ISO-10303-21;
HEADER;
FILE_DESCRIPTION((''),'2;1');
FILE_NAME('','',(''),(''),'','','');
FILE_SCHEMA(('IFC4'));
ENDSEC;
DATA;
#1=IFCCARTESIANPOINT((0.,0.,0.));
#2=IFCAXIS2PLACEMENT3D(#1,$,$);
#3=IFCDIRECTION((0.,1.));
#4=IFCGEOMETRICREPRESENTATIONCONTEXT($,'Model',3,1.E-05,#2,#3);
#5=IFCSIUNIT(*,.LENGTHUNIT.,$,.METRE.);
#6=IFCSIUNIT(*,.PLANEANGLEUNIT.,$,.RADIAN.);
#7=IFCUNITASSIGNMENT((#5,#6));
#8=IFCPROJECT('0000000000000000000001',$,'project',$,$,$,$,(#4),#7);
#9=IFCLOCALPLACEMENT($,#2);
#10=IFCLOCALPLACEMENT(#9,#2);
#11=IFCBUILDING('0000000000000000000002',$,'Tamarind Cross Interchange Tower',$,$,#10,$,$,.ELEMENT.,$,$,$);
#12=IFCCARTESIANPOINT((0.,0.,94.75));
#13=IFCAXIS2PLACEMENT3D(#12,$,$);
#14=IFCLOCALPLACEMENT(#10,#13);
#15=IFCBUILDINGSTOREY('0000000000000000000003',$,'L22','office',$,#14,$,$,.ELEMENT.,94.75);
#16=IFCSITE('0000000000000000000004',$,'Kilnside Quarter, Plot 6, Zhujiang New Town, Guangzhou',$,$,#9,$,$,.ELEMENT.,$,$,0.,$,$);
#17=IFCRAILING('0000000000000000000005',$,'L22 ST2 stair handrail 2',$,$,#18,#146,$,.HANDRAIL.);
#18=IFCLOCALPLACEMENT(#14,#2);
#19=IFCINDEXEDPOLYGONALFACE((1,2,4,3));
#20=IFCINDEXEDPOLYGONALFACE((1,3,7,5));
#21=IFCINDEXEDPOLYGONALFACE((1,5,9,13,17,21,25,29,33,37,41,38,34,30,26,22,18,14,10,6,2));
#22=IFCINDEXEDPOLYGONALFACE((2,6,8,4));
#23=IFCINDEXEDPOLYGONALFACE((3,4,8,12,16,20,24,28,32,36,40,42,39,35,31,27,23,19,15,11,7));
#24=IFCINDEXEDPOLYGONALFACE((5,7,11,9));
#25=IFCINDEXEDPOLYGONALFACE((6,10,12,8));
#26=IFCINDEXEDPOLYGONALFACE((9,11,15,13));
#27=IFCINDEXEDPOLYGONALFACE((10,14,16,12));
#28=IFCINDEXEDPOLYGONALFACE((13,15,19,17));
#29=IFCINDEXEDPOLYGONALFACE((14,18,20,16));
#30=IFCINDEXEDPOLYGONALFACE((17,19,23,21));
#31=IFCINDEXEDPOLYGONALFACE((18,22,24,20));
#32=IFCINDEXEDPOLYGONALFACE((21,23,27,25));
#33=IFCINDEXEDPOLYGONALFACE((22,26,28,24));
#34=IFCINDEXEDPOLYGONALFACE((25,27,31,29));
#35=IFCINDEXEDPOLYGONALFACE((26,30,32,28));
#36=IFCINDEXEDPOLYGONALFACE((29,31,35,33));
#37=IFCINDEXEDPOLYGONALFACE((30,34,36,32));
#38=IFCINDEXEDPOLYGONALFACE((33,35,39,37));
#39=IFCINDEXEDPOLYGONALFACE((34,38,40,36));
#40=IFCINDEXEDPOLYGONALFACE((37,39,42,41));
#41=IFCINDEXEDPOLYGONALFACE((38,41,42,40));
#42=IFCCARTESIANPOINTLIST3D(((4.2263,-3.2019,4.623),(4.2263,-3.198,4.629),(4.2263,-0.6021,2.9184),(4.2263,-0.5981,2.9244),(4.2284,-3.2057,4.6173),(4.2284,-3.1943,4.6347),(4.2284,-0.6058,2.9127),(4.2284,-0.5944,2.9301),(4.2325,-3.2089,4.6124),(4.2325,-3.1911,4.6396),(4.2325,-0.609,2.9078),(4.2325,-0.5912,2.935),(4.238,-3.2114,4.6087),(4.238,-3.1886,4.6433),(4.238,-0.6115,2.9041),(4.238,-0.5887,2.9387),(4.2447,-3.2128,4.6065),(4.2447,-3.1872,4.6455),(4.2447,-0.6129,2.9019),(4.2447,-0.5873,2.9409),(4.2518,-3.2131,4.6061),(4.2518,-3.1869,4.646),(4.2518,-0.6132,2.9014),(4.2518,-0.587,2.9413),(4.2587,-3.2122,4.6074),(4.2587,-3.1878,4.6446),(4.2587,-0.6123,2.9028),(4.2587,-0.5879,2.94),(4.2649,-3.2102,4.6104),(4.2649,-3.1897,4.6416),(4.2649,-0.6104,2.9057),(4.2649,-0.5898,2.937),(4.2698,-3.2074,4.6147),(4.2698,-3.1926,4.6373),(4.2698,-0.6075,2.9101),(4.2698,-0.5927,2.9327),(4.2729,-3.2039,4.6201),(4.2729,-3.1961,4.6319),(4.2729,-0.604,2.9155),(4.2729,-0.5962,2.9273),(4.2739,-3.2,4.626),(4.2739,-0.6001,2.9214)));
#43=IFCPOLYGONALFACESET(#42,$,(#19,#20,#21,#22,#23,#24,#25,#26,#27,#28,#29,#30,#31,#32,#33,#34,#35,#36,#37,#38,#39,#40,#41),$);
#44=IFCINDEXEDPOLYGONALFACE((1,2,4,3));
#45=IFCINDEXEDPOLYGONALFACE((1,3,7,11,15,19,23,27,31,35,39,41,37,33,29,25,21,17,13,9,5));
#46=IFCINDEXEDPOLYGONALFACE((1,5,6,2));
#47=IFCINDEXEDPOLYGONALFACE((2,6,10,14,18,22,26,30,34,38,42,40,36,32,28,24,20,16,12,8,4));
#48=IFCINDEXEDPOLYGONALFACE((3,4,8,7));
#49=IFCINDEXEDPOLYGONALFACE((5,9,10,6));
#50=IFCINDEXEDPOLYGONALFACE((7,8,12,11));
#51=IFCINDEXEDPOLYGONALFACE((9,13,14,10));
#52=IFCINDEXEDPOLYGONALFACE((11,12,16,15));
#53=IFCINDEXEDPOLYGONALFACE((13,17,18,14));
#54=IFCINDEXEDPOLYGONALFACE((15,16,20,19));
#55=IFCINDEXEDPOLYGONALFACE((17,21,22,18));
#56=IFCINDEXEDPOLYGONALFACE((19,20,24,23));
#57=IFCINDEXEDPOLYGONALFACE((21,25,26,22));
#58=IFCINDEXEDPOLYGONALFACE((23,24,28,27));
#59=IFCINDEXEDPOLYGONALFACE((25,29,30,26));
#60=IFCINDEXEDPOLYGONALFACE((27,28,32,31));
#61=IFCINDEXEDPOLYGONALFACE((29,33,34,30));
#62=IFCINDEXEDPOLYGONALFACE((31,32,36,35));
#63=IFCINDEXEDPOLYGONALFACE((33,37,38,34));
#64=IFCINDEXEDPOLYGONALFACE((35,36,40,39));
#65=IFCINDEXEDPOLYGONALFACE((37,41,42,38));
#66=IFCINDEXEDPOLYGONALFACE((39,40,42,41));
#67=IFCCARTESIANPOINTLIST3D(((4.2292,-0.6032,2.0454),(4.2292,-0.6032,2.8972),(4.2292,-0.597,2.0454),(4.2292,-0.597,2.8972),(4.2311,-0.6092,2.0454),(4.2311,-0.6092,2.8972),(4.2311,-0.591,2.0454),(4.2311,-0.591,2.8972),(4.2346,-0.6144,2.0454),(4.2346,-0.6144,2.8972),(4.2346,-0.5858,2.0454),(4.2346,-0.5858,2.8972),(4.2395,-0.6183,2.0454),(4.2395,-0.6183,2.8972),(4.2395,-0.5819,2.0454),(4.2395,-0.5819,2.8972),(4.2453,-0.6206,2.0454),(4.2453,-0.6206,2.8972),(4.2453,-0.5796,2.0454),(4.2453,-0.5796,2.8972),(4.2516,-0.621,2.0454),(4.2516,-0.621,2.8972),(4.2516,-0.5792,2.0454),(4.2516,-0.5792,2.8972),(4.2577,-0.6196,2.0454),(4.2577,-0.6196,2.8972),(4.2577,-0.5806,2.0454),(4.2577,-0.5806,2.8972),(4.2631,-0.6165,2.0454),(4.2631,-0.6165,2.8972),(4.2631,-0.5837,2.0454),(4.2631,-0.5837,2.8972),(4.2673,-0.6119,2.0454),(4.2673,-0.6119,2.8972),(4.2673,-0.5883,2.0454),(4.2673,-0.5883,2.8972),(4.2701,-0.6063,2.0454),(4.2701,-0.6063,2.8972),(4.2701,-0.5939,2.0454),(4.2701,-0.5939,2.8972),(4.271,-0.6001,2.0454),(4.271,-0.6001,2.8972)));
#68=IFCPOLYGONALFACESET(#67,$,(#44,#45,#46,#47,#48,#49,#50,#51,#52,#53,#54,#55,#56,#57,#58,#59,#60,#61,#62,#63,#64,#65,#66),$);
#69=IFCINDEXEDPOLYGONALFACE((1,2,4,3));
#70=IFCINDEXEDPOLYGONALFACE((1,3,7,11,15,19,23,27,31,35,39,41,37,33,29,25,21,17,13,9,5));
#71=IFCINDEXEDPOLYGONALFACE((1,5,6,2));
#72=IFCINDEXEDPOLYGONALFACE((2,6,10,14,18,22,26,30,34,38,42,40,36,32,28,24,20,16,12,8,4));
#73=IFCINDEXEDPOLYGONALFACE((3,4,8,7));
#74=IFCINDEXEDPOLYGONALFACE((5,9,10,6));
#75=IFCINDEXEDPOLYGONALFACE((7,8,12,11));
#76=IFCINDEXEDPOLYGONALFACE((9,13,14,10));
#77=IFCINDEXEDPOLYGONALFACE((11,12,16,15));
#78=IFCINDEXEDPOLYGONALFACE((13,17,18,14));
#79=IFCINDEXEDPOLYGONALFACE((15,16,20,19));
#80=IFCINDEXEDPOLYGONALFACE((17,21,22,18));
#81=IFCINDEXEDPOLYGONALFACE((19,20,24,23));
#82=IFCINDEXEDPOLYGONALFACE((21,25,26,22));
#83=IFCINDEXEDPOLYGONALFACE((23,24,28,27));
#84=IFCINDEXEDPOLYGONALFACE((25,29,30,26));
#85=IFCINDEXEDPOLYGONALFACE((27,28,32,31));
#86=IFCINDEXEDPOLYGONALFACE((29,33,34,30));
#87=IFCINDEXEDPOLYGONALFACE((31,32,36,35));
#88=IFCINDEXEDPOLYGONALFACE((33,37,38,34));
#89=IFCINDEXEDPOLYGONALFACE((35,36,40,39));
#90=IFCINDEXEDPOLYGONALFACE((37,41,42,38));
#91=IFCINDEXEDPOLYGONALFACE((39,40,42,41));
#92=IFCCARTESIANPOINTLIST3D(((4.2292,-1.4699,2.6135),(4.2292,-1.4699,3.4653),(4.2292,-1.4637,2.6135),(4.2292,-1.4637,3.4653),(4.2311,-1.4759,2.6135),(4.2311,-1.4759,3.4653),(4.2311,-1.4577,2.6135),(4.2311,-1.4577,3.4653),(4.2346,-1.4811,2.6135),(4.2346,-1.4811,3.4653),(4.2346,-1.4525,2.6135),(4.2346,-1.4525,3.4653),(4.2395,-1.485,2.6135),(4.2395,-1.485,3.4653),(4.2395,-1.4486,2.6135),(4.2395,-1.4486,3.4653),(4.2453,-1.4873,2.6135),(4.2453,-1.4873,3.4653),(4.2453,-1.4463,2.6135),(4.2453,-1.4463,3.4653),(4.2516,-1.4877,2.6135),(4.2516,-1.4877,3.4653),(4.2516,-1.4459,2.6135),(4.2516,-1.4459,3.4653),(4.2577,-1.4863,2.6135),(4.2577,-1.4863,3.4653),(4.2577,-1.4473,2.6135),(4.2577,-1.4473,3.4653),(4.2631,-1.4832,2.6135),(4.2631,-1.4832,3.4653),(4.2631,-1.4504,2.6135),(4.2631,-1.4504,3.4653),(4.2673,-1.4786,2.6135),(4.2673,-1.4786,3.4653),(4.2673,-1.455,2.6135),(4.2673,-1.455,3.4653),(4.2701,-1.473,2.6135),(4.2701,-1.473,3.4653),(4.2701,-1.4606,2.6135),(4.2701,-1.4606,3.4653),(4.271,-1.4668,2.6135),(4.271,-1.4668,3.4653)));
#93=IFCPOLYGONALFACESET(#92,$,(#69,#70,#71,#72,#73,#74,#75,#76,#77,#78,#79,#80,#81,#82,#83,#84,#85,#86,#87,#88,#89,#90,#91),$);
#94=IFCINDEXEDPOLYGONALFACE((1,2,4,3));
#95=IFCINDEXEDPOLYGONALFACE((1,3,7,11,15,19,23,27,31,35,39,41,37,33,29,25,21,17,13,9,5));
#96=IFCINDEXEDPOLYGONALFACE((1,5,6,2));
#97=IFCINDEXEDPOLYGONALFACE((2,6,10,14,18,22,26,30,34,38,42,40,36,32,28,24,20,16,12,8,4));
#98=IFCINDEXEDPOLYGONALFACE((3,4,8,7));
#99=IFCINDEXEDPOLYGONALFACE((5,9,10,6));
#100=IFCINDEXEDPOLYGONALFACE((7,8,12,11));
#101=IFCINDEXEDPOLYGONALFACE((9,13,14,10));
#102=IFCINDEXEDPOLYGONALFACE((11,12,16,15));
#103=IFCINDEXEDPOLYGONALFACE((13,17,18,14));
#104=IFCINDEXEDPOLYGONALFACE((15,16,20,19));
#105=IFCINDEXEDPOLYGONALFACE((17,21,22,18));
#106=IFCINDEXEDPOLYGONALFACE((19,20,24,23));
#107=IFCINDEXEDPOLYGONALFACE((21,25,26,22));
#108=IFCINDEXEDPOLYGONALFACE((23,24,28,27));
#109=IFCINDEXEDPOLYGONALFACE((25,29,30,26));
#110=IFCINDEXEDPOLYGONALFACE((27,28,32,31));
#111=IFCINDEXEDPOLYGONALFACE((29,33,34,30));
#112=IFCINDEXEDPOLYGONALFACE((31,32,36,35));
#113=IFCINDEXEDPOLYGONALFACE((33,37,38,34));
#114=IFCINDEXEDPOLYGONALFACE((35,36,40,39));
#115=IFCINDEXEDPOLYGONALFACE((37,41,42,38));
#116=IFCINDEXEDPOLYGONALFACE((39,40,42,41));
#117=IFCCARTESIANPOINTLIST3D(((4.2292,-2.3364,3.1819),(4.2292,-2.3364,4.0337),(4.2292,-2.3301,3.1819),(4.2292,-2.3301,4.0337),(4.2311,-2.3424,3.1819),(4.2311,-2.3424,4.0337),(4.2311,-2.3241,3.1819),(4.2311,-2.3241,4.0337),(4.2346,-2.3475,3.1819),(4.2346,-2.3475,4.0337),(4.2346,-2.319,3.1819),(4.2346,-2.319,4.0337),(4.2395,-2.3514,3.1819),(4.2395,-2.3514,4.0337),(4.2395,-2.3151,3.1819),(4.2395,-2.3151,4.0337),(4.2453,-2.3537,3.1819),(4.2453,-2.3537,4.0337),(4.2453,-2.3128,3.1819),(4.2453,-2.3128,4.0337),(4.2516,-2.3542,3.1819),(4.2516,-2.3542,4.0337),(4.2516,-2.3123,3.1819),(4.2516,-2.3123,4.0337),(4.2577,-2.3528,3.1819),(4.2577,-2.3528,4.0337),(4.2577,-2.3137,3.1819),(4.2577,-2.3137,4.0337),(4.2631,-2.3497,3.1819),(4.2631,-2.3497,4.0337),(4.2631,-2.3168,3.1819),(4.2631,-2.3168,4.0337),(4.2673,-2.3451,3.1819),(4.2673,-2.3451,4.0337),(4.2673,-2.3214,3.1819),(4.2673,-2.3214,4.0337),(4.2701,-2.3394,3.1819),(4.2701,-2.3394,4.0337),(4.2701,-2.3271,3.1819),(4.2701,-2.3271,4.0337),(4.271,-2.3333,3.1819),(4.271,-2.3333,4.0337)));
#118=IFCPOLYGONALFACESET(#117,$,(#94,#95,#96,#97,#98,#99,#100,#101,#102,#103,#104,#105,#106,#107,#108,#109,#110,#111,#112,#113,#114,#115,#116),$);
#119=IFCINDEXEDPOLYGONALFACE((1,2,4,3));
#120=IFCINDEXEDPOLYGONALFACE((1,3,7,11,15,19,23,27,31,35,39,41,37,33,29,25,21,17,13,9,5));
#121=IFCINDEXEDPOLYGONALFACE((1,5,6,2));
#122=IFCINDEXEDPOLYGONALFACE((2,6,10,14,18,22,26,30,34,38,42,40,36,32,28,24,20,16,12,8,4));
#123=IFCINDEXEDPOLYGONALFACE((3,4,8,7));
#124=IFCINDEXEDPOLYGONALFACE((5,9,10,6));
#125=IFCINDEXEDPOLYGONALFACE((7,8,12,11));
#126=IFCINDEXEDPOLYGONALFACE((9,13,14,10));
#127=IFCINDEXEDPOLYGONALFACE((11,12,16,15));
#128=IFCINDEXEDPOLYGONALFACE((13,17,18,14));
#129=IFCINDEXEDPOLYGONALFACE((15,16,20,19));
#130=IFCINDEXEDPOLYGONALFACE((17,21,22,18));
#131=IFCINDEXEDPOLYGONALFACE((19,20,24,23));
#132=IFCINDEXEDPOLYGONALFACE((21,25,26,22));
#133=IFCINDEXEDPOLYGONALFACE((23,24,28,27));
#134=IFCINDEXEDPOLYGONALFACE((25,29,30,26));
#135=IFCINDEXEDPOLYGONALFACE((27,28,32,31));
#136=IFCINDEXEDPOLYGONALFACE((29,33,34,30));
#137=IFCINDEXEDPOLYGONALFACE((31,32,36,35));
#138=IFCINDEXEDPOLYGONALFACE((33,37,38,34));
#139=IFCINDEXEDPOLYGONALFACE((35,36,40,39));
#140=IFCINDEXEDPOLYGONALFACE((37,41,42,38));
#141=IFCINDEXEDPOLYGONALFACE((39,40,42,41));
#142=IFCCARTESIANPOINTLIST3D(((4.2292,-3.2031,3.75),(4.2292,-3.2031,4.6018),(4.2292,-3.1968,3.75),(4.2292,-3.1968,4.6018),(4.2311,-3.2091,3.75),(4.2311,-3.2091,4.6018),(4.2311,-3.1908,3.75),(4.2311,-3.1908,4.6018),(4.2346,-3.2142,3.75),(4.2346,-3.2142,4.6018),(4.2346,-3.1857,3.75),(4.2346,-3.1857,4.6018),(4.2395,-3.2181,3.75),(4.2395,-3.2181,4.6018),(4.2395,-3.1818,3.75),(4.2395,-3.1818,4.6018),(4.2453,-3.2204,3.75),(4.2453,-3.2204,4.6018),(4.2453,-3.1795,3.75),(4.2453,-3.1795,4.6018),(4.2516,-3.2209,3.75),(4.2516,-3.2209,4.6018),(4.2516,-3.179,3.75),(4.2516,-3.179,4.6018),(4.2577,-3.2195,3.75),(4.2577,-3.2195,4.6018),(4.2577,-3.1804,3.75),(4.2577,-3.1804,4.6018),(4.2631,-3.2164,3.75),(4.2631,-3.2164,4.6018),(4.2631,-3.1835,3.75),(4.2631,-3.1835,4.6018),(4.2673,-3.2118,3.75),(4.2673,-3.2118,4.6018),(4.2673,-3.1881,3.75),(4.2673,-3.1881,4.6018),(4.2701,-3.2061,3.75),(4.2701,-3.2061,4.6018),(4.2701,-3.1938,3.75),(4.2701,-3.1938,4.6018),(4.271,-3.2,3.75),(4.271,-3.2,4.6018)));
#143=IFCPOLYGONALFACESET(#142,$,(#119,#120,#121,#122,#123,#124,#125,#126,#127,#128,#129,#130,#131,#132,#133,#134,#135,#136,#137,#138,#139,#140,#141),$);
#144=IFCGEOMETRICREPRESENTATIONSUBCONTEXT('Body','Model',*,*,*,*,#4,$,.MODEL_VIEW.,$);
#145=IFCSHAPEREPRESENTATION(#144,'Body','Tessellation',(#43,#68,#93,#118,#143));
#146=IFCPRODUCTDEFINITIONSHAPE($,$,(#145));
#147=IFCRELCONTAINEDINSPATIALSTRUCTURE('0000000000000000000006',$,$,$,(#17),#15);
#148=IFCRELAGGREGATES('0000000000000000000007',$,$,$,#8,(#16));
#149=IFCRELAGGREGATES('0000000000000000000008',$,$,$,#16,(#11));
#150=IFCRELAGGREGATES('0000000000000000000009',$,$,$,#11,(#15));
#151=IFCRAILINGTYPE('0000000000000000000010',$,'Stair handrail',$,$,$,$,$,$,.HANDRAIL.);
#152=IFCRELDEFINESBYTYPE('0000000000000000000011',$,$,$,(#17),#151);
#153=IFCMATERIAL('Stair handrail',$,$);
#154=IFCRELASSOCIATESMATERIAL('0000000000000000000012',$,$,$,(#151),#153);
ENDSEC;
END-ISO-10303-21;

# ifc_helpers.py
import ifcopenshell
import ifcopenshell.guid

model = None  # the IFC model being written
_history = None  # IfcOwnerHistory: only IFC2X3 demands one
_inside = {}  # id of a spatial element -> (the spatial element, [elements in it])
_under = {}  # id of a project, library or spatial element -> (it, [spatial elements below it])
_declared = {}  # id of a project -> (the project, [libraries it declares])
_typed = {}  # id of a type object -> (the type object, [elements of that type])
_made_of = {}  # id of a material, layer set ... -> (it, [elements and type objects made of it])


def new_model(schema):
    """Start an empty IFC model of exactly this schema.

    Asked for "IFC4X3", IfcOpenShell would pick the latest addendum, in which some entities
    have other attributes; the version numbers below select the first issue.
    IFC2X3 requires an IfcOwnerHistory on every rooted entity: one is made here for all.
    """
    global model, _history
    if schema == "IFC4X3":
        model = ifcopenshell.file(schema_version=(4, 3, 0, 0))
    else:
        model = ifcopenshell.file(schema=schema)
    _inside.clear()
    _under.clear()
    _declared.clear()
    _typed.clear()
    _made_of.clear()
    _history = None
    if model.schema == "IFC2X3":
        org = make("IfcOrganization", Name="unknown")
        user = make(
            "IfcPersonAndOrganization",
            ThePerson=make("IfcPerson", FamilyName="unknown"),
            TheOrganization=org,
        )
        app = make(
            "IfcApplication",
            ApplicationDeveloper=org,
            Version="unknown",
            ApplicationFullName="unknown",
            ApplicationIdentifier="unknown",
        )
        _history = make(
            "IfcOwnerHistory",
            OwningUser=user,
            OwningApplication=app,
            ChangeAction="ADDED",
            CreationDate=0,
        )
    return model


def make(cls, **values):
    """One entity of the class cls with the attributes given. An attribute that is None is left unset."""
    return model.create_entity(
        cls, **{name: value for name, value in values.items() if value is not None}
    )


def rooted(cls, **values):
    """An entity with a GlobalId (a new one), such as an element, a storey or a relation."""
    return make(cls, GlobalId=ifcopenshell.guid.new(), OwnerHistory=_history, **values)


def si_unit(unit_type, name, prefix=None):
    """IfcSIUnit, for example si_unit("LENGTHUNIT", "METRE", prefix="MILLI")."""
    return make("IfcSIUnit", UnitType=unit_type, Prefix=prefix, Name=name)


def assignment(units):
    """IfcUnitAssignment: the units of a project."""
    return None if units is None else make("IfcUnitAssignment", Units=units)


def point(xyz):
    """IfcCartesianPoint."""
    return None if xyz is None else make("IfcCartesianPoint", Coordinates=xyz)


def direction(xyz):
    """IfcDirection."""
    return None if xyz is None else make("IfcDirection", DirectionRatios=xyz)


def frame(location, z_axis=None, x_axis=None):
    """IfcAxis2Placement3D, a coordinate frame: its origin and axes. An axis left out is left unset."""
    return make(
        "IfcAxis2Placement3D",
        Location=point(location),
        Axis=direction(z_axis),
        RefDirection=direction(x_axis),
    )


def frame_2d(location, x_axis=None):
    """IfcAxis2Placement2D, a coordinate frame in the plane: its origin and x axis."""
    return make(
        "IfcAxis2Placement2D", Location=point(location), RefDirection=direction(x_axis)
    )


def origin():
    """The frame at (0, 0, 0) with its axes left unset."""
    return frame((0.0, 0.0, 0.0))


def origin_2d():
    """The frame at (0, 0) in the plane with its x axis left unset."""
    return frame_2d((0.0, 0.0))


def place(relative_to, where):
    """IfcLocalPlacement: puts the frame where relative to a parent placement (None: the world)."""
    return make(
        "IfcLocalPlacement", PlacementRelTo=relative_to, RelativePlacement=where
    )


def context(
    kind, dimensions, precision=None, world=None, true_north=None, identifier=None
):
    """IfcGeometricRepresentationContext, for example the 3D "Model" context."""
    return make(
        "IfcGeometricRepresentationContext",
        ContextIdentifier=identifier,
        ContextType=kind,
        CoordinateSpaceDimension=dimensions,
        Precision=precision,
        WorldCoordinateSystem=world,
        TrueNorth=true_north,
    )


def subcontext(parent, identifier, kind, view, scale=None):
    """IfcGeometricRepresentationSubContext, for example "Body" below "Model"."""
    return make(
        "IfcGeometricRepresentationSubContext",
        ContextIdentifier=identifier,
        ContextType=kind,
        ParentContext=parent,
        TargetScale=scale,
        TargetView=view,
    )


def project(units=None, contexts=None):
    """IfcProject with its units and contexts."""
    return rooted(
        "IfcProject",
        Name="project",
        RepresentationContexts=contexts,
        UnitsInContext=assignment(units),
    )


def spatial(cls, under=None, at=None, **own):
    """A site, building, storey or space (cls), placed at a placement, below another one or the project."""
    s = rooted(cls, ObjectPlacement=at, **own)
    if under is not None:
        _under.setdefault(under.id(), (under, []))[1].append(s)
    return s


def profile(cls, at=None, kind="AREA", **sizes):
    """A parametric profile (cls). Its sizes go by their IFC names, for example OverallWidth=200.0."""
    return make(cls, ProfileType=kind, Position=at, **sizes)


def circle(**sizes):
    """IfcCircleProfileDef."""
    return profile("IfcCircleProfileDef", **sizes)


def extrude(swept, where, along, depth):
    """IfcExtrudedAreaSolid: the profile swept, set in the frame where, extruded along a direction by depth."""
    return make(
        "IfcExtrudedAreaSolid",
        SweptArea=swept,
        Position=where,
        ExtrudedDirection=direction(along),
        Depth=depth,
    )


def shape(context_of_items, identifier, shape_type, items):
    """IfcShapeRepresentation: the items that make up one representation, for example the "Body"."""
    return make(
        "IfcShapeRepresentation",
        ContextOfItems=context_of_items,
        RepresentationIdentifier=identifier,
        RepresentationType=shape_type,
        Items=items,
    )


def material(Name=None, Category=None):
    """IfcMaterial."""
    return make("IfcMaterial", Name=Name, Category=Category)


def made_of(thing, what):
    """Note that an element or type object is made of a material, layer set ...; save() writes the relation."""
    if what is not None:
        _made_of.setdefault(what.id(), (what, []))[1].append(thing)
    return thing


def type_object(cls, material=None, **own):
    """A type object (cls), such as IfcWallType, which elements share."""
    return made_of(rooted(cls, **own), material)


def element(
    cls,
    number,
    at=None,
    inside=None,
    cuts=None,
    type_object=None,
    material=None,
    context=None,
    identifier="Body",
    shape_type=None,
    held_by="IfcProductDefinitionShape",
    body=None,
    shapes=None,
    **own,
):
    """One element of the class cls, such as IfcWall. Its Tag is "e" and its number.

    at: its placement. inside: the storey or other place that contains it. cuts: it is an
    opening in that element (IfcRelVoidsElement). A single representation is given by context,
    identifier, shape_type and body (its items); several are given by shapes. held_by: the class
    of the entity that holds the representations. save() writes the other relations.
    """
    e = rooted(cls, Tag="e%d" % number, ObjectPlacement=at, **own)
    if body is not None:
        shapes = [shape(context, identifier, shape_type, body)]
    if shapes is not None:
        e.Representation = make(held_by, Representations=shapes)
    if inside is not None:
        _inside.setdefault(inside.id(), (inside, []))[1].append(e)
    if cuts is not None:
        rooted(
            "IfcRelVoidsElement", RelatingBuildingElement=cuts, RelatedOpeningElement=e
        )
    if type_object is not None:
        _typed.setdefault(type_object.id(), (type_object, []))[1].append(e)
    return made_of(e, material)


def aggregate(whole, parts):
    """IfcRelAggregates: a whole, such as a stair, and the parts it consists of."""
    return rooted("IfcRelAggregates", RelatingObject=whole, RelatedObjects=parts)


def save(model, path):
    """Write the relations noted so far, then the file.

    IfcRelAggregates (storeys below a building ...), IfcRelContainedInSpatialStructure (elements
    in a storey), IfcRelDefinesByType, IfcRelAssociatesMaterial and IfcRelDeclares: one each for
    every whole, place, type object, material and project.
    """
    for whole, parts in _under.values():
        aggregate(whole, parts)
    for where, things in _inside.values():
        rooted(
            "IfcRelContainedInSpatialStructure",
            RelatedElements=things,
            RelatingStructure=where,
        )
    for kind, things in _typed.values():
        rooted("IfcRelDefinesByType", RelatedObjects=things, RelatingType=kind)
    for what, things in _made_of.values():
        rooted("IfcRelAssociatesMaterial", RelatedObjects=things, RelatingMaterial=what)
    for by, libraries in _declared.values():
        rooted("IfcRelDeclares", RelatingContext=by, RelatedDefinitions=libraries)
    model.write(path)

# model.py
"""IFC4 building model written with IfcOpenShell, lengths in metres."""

from ifc_helpers import new_model, si_unit, direction, frame, origin, origin_2d, place, context, subcontext, project, spatial, circle, extrude, material, type_object, element, save


model = new_model("IFC4")

# Units and contexts
model_context = context("Model", 3, precision=1e-05, world=origin(), true_north=direction((0.0, 1.0)))
body_context = subcontext(model_context, "Body", "Model", "MODEL_VIEW")
ifc_project = project(units=[si_unit("LENGTHUNIT", "METRE"), si_unit("PLANEANGLEUNIT", "RADIAN")], contexts=[model_context])

# Site, building, storey
site_placement = place(None, origin())
site = spatial("IfcSite", under=ifc_project, at=site_placement, Name="Kilnside Quarter, Plot 6, Zhujiang New Town, Guangzhou", CompositionType="ELEMENT", RefElevation=0.0)
building_placement = place(site_placement, origin())
building = spatial("IfcBuilding", under=site, at=building_placement, Name="Tamarind Cross Interchange Tower", CompositionType="ELEMENT")
storey_placement = place(building_placement, frame((0.0, 0.0, 94.75)))
storey = spatial("IfcBuildingStorey", under=building, at=storey_placement, Name="L22", Description="office", CompositionType="ELEMENT", Elevation=94.75)

# Railing
ifc_material_1 = material(Name="Stair handrail")
railing_type_1 = type_object("IfcRailingType", Name="Stair handrail", PredefinedType="HANDRAIL", material=ifc_material_1)
railing_1_placement = place(storey_placement, frame((4.25, -0.6001, 2.0454)))
element("IfcRailing", 1, at=railing_1_placement, inside=storey, type_object=railing_type_1, Name="L22 ST2 stair handrail 2", PredefinedType="HANDRAIL", context=body_context, shape_type="SweptSolid", body=[
    extrude(circle(Radius=0.0239, at=origin_2d()), frame((0.0, 0.0, 0.876), z_axis=(0.0, -0.836279, 0.548305), x_axis=(1.0, 0.0, 0.0)), (0.0, 0.0, 1.0), 3.1089),
    extrude(circle(Radius=0.021, at=origin_2d()), origin(), (0.0, 0.0, 1.0), 0.8518),
    extrude(circle(Radius=0.021, at=origin_2d()), frame((0.0, -0.8667, 0.5681)), (0.0, 0.0, 1.0), 0.8518),
    extrude(circle(Radius=0.021, at=origin_2d()), frame((0.0, -1.7332, 1.1365)), (0.0, 0.0, 1.0), 0.8518),
    extrude(circle(Radius=0.021, at=origin_2d()), frame((0.0, -2.5999, 1.7046)), (0.0, 0.0, 1.0), 0.8518),
])

save(model, "model.ifc")
